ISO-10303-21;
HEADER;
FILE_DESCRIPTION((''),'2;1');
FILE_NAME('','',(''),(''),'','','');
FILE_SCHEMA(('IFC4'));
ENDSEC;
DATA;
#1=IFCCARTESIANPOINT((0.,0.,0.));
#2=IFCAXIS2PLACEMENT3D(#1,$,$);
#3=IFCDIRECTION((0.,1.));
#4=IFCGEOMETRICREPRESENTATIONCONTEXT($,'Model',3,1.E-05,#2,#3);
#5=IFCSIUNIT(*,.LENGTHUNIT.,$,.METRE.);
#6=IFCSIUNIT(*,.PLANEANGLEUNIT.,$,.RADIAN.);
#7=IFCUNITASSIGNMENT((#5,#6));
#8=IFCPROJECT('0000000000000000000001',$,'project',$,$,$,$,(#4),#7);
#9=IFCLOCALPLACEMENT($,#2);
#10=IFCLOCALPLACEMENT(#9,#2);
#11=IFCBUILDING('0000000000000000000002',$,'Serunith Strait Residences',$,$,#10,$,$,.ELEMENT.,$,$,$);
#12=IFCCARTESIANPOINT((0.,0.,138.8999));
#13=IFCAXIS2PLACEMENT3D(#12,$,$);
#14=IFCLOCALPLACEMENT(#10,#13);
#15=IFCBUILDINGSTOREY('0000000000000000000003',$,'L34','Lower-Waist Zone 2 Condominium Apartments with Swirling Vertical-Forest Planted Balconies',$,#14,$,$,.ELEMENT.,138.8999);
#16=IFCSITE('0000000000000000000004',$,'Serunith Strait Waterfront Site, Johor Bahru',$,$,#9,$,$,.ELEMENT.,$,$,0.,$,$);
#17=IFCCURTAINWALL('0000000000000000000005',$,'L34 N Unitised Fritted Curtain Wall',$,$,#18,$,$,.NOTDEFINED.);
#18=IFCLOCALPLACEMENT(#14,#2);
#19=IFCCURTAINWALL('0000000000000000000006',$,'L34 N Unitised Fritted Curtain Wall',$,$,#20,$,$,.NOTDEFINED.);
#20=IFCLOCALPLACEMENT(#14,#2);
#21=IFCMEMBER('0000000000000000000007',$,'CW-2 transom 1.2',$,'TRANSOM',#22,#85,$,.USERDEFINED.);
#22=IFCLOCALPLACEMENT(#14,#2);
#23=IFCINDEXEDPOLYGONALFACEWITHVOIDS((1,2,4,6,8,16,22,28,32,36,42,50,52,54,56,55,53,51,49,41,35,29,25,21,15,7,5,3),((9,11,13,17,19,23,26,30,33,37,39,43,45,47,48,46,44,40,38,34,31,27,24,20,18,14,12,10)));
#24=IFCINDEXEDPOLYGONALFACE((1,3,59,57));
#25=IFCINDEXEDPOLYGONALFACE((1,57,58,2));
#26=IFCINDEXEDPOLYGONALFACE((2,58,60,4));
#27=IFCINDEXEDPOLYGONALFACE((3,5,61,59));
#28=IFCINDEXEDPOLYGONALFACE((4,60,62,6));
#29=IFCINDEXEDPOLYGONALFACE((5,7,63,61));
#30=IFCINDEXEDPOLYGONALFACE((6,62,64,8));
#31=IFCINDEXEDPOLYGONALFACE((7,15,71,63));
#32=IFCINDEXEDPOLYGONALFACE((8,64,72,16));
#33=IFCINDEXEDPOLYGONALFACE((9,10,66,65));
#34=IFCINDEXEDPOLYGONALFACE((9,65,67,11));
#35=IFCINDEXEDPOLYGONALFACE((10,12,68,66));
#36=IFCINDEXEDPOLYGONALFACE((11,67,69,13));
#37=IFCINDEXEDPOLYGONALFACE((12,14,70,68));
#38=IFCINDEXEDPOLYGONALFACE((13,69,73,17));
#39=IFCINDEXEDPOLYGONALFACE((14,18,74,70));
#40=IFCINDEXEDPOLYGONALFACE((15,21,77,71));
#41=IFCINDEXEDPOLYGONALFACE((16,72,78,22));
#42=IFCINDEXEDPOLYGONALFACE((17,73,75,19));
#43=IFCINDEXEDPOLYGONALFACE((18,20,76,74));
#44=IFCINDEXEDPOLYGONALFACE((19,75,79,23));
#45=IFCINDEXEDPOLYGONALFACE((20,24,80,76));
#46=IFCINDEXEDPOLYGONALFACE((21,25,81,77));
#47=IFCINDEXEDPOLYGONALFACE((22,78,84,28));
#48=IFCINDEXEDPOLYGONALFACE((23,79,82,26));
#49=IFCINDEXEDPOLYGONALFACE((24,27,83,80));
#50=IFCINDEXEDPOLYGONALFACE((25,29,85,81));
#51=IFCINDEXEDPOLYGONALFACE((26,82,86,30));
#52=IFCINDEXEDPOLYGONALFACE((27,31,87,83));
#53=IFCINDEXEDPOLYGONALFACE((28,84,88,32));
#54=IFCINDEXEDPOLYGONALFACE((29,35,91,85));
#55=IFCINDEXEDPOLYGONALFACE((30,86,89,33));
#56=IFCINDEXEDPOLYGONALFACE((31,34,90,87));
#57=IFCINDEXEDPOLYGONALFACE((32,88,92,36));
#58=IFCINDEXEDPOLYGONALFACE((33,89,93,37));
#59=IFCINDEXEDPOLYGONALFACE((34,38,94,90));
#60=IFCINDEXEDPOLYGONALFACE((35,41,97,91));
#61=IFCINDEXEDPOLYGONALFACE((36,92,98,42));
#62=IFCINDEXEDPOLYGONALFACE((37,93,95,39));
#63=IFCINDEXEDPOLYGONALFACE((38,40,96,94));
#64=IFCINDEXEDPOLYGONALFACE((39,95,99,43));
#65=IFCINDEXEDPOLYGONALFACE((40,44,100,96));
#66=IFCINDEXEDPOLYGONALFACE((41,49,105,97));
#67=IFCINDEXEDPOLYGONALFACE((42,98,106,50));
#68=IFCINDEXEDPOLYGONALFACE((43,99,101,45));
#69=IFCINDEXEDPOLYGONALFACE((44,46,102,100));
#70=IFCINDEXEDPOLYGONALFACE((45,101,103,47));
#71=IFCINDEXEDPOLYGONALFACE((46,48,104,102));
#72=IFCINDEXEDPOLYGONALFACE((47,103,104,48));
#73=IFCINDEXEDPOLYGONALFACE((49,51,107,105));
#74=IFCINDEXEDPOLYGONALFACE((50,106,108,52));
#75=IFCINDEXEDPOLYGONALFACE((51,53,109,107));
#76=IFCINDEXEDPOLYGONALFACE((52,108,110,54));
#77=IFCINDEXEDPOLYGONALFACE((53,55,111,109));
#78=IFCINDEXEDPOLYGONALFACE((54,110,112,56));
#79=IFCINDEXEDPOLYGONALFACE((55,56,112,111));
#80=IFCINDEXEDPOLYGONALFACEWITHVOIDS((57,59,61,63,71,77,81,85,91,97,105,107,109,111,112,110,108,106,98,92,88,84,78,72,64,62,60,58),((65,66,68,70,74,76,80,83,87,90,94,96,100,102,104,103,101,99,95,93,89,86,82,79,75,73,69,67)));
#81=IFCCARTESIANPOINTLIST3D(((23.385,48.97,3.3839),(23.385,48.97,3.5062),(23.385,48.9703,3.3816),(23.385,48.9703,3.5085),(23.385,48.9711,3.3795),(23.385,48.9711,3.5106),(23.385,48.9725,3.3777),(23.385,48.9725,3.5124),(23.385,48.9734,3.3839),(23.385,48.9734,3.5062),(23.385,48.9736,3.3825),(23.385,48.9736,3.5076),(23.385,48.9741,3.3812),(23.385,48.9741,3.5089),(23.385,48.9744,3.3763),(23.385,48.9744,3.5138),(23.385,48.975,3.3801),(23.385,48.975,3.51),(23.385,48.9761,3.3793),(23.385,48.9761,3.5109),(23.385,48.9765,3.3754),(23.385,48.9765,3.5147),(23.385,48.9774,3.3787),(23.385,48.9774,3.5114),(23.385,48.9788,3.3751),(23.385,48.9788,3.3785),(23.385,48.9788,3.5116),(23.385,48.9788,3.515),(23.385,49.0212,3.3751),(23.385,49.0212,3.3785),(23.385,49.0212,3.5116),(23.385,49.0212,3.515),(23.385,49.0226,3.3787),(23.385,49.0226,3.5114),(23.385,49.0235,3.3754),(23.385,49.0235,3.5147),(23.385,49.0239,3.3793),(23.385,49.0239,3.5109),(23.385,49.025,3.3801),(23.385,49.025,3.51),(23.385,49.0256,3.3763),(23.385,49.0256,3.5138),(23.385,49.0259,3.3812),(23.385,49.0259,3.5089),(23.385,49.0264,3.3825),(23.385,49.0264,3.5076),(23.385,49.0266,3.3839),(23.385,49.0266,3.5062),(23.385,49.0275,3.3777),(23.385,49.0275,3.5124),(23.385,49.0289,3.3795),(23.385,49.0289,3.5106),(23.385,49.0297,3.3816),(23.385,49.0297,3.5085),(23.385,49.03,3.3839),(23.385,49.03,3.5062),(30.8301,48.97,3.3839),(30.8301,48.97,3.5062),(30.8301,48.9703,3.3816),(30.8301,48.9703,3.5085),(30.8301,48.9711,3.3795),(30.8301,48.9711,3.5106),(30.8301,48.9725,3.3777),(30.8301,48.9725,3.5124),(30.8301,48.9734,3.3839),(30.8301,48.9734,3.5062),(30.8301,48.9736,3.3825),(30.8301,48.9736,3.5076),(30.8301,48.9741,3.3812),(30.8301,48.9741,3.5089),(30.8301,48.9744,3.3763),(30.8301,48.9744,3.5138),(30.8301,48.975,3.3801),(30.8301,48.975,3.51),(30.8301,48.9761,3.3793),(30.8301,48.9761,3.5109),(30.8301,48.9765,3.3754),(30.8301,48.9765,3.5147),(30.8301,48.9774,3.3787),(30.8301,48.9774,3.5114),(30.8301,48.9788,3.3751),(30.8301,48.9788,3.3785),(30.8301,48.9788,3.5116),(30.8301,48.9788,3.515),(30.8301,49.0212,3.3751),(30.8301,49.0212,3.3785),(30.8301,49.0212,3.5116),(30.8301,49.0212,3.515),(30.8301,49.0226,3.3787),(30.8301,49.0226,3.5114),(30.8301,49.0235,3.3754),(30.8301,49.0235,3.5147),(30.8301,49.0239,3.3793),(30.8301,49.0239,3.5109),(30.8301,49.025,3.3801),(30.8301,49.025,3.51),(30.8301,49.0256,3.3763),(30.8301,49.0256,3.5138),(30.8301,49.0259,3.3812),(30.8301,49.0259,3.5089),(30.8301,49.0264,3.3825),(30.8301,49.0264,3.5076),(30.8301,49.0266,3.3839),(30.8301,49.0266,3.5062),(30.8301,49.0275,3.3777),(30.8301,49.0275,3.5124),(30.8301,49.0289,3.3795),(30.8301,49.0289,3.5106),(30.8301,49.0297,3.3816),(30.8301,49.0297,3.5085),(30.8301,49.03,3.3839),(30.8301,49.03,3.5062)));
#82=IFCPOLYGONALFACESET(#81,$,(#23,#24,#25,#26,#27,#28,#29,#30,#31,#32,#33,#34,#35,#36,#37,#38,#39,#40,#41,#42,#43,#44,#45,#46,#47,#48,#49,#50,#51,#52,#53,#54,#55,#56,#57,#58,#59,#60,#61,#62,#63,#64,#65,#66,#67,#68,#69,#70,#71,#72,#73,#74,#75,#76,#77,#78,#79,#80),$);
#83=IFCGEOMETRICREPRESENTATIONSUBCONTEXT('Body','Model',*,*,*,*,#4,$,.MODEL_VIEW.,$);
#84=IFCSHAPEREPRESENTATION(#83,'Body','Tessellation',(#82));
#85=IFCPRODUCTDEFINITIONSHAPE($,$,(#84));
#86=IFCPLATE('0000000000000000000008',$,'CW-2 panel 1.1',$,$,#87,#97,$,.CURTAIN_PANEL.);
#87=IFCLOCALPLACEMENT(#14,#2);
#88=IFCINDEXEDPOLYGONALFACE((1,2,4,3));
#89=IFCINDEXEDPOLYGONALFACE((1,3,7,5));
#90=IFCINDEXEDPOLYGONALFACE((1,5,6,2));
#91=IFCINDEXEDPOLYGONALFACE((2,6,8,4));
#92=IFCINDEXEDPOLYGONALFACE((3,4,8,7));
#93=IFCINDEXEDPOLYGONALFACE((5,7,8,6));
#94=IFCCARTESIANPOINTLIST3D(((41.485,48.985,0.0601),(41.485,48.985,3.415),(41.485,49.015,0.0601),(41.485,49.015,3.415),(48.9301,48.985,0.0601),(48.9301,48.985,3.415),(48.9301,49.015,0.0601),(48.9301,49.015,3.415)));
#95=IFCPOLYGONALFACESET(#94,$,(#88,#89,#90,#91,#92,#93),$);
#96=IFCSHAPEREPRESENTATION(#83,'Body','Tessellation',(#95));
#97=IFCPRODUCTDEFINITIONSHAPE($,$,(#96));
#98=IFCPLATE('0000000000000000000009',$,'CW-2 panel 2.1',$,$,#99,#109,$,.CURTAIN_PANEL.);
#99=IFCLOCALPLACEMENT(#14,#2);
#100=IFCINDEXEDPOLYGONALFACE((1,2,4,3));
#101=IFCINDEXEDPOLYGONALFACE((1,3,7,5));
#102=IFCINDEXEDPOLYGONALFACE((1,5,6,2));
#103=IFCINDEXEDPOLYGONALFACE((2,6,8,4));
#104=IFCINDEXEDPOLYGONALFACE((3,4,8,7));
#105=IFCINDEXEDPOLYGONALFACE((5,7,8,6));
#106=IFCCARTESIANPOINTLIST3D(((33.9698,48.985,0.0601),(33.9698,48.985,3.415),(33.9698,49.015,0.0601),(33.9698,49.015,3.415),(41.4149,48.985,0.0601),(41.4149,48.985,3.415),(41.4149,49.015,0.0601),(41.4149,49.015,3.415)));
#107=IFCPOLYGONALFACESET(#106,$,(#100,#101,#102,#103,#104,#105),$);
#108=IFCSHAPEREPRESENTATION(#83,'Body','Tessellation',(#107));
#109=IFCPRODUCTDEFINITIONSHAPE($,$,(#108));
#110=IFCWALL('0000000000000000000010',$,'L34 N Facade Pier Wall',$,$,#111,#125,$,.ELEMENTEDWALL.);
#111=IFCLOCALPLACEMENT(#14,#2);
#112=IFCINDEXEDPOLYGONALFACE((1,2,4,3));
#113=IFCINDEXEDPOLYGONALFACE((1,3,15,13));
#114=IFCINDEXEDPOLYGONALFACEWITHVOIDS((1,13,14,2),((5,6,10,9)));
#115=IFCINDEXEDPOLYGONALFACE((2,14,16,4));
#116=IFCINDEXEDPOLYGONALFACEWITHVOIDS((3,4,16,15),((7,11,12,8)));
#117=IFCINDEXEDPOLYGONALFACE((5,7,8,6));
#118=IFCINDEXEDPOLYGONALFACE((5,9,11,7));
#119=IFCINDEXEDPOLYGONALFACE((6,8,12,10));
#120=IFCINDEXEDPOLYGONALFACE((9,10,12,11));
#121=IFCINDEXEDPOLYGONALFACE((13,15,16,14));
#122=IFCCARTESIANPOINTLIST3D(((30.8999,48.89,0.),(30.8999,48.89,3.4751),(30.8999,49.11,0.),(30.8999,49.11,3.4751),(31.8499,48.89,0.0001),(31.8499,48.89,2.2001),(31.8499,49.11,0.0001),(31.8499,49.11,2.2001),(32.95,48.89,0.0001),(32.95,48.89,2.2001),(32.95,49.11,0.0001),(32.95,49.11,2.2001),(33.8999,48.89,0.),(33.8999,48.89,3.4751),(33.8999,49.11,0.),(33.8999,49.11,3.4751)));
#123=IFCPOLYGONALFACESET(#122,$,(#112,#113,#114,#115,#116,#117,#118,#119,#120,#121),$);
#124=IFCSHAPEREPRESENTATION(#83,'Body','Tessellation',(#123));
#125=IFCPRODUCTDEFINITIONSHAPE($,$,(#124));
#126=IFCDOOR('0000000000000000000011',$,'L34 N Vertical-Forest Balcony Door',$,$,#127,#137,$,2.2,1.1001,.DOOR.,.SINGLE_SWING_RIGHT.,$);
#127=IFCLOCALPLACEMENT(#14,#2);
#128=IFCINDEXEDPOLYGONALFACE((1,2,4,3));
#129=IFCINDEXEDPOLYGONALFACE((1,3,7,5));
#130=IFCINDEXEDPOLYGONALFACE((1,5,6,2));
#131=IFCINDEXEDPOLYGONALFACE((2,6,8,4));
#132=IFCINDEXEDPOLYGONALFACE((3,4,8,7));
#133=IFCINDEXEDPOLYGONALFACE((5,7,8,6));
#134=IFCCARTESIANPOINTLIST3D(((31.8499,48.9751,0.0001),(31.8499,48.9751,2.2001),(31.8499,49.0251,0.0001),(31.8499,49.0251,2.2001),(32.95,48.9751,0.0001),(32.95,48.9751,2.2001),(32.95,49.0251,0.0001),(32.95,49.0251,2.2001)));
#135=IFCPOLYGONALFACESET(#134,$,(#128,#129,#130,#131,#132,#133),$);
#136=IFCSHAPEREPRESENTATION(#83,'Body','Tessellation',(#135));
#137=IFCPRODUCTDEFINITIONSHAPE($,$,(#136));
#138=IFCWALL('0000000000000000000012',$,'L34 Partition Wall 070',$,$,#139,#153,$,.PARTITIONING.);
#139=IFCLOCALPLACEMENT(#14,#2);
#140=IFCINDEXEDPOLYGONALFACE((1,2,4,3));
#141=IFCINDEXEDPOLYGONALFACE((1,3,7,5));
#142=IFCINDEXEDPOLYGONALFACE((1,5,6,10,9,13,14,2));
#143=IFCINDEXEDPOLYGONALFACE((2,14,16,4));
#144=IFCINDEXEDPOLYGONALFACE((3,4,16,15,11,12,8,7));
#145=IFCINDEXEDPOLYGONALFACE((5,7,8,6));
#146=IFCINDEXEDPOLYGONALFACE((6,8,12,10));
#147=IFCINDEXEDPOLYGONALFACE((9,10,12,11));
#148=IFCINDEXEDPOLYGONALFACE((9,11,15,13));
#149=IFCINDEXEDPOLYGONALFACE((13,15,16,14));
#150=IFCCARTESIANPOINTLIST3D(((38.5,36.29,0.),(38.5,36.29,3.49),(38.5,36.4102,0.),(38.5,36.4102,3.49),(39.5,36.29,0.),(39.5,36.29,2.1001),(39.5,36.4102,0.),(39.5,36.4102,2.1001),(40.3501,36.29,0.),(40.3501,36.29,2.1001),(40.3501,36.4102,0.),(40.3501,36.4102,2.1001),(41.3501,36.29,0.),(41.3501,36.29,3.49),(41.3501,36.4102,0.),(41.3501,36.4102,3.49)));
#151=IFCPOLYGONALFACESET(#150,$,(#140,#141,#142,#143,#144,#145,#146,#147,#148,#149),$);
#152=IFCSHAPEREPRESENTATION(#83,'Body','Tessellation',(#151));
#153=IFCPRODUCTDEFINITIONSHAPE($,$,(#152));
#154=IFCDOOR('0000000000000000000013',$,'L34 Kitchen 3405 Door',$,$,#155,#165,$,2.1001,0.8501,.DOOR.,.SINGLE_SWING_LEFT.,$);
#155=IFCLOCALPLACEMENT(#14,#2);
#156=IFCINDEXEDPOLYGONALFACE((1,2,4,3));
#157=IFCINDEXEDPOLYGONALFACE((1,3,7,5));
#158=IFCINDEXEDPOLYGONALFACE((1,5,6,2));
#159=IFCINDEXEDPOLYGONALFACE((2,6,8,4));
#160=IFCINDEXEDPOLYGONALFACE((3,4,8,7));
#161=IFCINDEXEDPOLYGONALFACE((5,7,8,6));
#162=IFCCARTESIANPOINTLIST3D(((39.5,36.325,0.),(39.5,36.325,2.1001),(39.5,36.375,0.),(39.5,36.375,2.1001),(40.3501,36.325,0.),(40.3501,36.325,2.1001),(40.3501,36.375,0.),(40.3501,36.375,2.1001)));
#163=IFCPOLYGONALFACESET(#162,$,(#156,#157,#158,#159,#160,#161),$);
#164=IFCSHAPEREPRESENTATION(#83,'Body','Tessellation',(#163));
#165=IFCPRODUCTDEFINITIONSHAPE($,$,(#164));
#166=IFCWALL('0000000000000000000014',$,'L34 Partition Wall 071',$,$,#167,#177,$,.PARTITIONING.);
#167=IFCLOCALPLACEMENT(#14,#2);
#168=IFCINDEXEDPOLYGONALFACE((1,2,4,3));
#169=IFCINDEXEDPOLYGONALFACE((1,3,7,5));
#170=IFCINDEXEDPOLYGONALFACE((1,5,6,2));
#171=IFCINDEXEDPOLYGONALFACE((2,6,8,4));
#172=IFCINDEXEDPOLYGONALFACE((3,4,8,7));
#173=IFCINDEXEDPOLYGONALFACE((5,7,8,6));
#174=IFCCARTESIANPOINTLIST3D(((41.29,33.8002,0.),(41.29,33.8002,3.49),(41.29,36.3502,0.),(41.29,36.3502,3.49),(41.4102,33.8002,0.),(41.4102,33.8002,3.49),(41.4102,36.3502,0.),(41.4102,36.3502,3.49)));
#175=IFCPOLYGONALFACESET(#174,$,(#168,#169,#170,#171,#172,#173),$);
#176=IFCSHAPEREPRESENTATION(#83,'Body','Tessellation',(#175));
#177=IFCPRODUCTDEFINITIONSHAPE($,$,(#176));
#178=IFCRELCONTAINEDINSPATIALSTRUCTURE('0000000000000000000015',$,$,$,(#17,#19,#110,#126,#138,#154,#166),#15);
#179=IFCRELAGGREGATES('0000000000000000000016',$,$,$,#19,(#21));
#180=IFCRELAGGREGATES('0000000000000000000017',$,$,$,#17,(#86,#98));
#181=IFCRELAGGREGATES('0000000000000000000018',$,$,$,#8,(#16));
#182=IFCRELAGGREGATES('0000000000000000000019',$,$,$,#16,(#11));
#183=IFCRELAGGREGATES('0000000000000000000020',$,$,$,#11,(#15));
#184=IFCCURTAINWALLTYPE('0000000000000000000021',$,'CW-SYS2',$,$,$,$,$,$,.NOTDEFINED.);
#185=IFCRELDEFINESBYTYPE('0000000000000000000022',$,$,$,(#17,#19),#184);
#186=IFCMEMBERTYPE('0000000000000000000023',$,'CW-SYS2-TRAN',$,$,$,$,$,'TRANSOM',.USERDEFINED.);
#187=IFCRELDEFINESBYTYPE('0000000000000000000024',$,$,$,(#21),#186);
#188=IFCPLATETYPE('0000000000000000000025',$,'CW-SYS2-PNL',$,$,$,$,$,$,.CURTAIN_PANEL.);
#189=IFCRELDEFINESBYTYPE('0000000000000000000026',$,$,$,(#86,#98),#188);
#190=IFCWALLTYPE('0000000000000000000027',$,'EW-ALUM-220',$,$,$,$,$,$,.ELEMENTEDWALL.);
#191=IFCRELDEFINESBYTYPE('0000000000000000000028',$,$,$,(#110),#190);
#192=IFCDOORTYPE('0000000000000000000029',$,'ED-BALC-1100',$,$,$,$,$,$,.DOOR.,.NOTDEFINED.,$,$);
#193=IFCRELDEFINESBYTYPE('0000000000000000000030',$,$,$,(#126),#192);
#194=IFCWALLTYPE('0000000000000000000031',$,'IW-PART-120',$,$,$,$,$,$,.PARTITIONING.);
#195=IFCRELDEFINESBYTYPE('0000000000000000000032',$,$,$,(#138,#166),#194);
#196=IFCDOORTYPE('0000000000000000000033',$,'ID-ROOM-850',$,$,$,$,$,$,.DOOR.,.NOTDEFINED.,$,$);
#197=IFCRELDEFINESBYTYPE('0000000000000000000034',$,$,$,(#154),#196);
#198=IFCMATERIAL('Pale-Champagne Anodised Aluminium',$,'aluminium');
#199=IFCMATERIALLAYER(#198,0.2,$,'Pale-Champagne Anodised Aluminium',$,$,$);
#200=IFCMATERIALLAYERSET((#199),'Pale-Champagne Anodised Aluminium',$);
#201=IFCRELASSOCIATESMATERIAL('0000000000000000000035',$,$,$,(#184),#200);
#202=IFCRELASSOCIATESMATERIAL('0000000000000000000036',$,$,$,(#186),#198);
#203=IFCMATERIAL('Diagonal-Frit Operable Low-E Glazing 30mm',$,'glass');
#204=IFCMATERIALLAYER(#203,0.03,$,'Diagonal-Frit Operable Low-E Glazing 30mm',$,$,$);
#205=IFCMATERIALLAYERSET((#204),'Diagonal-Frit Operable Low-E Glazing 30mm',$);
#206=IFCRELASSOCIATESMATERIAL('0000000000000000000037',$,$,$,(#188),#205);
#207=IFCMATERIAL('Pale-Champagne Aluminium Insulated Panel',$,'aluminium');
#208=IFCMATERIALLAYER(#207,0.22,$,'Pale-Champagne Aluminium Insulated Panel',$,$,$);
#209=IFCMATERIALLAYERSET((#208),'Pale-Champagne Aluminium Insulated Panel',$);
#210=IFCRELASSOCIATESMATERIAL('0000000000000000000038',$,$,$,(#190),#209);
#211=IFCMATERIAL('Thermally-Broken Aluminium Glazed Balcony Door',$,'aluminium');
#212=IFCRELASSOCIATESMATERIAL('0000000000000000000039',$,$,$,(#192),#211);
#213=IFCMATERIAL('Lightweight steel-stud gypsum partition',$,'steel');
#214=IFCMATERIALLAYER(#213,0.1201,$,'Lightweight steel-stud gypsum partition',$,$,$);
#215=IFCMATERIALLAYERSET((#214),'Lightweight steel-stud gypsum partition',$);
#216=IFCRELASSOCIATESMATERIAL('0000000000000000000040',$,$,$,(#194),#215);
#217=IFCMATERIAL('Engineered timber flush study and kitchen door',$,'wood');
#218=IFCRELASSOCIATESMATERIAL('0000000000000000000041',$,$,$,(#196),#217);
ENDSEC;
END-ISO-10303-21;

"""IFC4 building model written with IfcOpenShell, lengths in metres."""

from ifc_helpers import new_model, si_unit, direction, frame, frame_2d, origin, origin_2d, place, context, subcontext, project, spatial, rectangle, hollow_rectangle, extrude, source, transform, mapped, material, layer, layer_set, material_profile, profile_set, type_object, element, fill, aggregate, save


model = new_model("IFC4")

# Units and contexts
model_context = context("Model", 3, precision=1e-05, world=origin(), true_north=direction((0.0, 1.0)))
body_context = subcontext(model_context, "Body", "Model", "MODEL_VIEW")
ifc_project = project(units=[si_unit("LENGTHUNIT", "METRE"), si_unit("PLANEANGLEUNIT", "RADIAN")], contexts=[model_context])

# Site, building, storey
site_placement = place(None, origin())
site = spatial("IfcSite", under=ifc_project, at=site_placement, Name="Serunith Strait Waterfront Site, Johor Bahru", CompositionType="ELEMENT", RefElevation=0.0)
building_placement = place(site_placement, origin())
building = spatial("IfcBuilding", under=site, at=building_placement, Name="Serunith Strait Residences", CompositionType="ELEMENT")
storey_placement = place(building_placement, frame((0.0, 0.0, 138.8999)))
storey = spatial("IfcBuildingStorey", under=building, at=storey_placement, Name="L34", Description="Lower-Waist Zone 2 Condominium Apartments with Swirling Vertical-Forest Planted Balconies", CompositionType="ELEMENT", Elevation=138.8999)

# Curtain wall
ifc_material_1 = material(Name="Pale-Champagne Anodised Aluminium", Category="aluminium")
ifc_layer_1 = layer(ifc_material_1, 0.2, Name="Pale-Champagne Anodised Aluminium")
ifc_layer_set_1 = layer_set([ifc_layer_1], Name="Pale-Champagne Anodised Aluminium")
curtain_wall_type = type_object("IfcCurtainWallType", Name="CW-SYS2", PredefinedType="NOTDEFINED", material=ifc_layer_set_1)
curtain_wall_1_placement = place(storey_placement, origin())
curtain_wall_1 = element("IfcCurtainWall", 1, at=curtain_wall_1_placement, inside=storey, type_object=curtain_wall_type, Name="L34 N Unitised Fritted Curtain Wall", PredefinedType="NOTDEFINED")

# Curtain wall
curtain_wall_2_placement = place(storey_placement, origin())
curtain_wall_2 = element("IfcCurtainWall", 2, at=curtain_wall_2_placement, inside=storey, type_object=curtain_wall_type, Name="L34 N Unitised Fritted Curtain Wall", PredefinedType="NOTDEFINED")

# Member
ifc_material_profile_1 = material_profile(ifc_material_1, hollow_rectangle(XDim=0.0601, YDim=0.1399, WallThickness=0.0034, InnerFilletRadius=0.0054, OuterFilletRadius=0.0088, at=origin_2d()), Name="ALU 140x60x3.5")
ifc_profile_set_1 = profile_set([ifc_material_profile_1], Name="Pale-Champagne Anodised Aluminium")
member_type_1 = type_object("IfcMemberType", Name="CW-SYS2-TRAN", ElementType="TRANSOM", PredefinedType="USERDEFINED", material=ifc_profile_set_1)
shared_shape_1 = source(origin(), body_context, "Body", "SweptSolid", [
    extrude(hollow_rectangle(XDim=0.0601, YDim=0.1399, WallThickness=0.0034, InnerFilletRadius=0.0054, OuterFilletRadius=0.0088, at=origin_2d()), origin(), (0.0, 0.0, 1.0), 7.4451),
])
member_1_placement = place(storey_placement, frame((30.8301, 49.0, 3.4451), z_axis=(-1.0, 0.0, 0.0), x_axis=(0.0, -1.0, 0.0)))
member_1 = element("IfcMember", 3, at=member_1_placement, type_object=member_type_1, Name="CW-2 transom 1.2", ObjectType="TRANSOM", PredefinedType="USERDEFINED", context=body_context, shape_type="MappedRepresentation", body=[
    mapped(shared_shape_1, transform((0.0, 0.0, 0.0), scale=1.0)),
])
aggregate(curtain_wall_2, [member_1])

# Plates
ifc_material_2 = material(Name="Diagonal-Frit Operable Low-E Glazing 30mm", Category="glass")
ifc_layer_2 = layer(ifc_material_2, 0.03, Name="Diagonal-Frit Operable Low-E Glazing 30mm")
ifc_layer_set_2 = layer_set([ifc_layer_2], Name="Diagonal-Frit Operable Low-E Glazing 30mm")
plate_type = type_object("IfcPlateType", Name="CW-SYS2-PNL", PredefinedType="CURTAIN_PANEL", material=ifc_layer_set_2)
shared_shape_2 = source(origin(), body_context, "Body", "SweptSolid", [
    extrude(rectangle(XDim=7.4451, YDim=0.03, at=origin_2d()), origin(), (0.0, 0.0, 1.0), 3.355),
])
plate_1_placement = place(storey_placement, frame((45.2075, 49.0, 0.0601), z_axis=(0.0, 0.0, 1.0), x_axis=(-1.0, 0.0, 0.0)))
plate_1 = element("IfcPlate", 4, at=plate_1_placement, type_object=plate_type, Name="CW-2 panel 1.1", PredefinedType="CURTAIN_PANEL", context=body_context, shape_type="MappedRepresentation", body=[
    mapped(shared_shape_2, transform((0.0, 0.0, 0.0), scale=1.0)),
])
plate_2_placement = place(storey_placement, frame((37.6924, 49.0, 0.0601), z_axis=(0.0, 0.0, 1.0), x_axis=(-1.0, 0.0, 0.0)))
plate_2 = element("IfcPlate", 5, at=plate_2_placement, type_object=plate_type, Name="CW-2 panel 2.1", PredefinedType="CURTAIN_PANEL", context=body_context, shape_type="MappedRepresentation", body=[
    mapped(shared_shape_2, transform((0.0, 0.0, 0.0), scale=1.0)),
])
aggregate(curtain_wall_1, [plate_1, plate_2])

# Walls, openings, doors
ifc_material_3 = material(Name="Pale-Champagne Aluminium Insulated Panel", Category="aluminium")
ifc_layer_3 = layer(ifc_material_3, 0.22, Name="Pale-Champagne Aluminium Insulated Panel")
ifc_layer_set_3 = layer_set([ifc_layer_3], Name="Pale-Champagne Aluminium Insulated Panel")
wall_type_1 = type_object("IfcWallType", Name="EW-ALUM-220", PredefinedType="ELEMENTEDWALL", material=ifc_layer_set_3)
wall_1_placement = place(storey_placement, frame((33.8999, 49.0, 0.0), z_axis=(0.0, 0.0, 1.0), x_axis=(-1.0, 0.0, 0.0)))
wall_1 = element("IfcWall", 6, at=wall_1_placement, inside=storey, type_object=wall_type_1, Name="L34 N Facade Pier Wall", PredefinedType="ELEMENTEDWALL", context=body_context, shape_type="SweptSolid", body=[
    extrude(rectangle(XDim=3.0, YDim=0.22, at=frame_2d((1.5, 0.0))), origin(), (0.0, 0.0, 1.0), 3.4751),
])
opening_1_placement = place(wall_1_placement, frame((0.95, 0.0, 0.0)))
opening_1 = element("IfcOpeningElement", 7, at=opening_1_placement, cuts=wall_1, PredefinedType="OPENING", context=body_context, shape_type="SweptSolid", body=[
    extrude(rectangle(XDim=1.1001, YDim=2.2, at=frame_2d((0.55, 1.1001))), frame((0.0, 0.1201, 0.0), z_axis=(0.0, -1.0, 0.0), x_axis=(1.0, 0.0, 0.0)), (0.0, 0.0, 1.0), 0.24),
])
ifc_material_4 = material(Name="Thermally-Broken Aluminium Glazed Balcony Door", Category="aluminium")
door_type_1 = type_object("IfcDoorType", Name="ED-BALC-1100", OperationType="NOTDEFINED", PredefinedType="DOOR", material=ifc_material_4)
shared_shape_3 = source(origin(), body_context, "Body", "SweptSolid", [
    extrude(rectangle(XDim=1.1001, YDim=2.2, at=frame_2d((0.55, 1.1001))), frame((0.0, 0.0249, 0.0), z_axis=(0.0, -1.0, 0.0), x_axis=(1.0, 0.0, 0.0)), (0.0, 0.0, 1.0), 0.05),
])
door_1_placement = place(opening_1_placement, origin())
door_1 = element("IfcDoor", 8, at=door_1_placement, inside=storey, type_object=door_type_1, Name="L34 N Vertical-Forest Balcony Door", OperationType="SINGLE_SWING_RIGHT", OverallHeight=2.2, OverallWidth=1.1001, PredefinedType="DOOR", context=body_context, shape_type="MappedRepresentation", body=[
    mapped(shared_shape_3, transform((0.0, 0.0, 0.0), scale=1.0)),
])
fill(opening_1, door_1)
ifc_material_5 = material(Name="Lightweight steel-stud gypsum partition", Category="steel")
ifc_layer_4 = layer(ifc_material_5, 0.1201, Name="Lightweight steel-stud gypsum partition")
ifc_layer_set_4 = layer_set([ifc_layer_4], Name="Lightweight steel-stud gypsum partition")
wall_type_2 = type_object("IfcWallType", Name="IW-PART-120", PredefinedType="PARTITIONING", material=ifc_layer_set_4)
wall_2_placement = place(storey_placement, frame((38.5, 36.3501, 0.0), z_axis=(0.0, 0.0, 1.0), x_axis=(1.0, 0.0, 0.0)))
wall_2 = element("IfcWall", 9, at=wall_2_placement, inside=storey, type_object=wall_type_2, Name="L34 Partition Wall 070", PredefinedType="PARTITIONING", context=body_context, shape_type="SweptSolid", body=[
    extrude(rectangle(XDim=2.8501, YDim=0.1201, at=frame_2d((1.425, 0.0))), origin(), (0.0, 0.0, 1.0), 3.49),
])
opening_2_placement = place(wall_2_placement, frame((1.0, 0.0, 0.0)))
opening_2 = element("IfcOpeningElement", 10, at=opening_2_placement, cuts=wall_2, PredefinedType="OPENING", context=body_context, shape_type="SweptSolid", body=[
    extrude(rectangle(XDim=0.8501, YDim=2.1001, at=frame_2d((0.425, 1.05))), frame((0.0, 0.0701, 0.0), z_axis=(0.0, -1.0, 0.0), x_axis=(1.0, 0.0, 0.0)), (0.0, 0.0, 1.0), 0.1401),
])
ifc_material_6 = material(Name="Engineered timber flush study and kitchen door", Category="wood")
door_type_2 = type_object("IfcDoorType", Name="ID-ROOM-850", OperationType="NOTDEFINED", PredefinedType="DOOR", material=ifc_material_6)
shared_shape_4 = source(origin(), body_context, "Body", "SweptSolid", [
    extrude(rectangle(XDim=0.8501, YDim=2.1001, at=frame_2d((0.425, 1.05))), frame((0.0, 0.0249, 0.0), z_axis=(0.0, -1.0, 0.0), x_axis=(1.0, 0.0, 0.0)), (0.0, 0.0, 1.0), 0.05),
])
door_2_placement = place(opening_2_placement, origin())
door_2 = element("IfcDoor", 11, at=door_2_placement, inside=storey, type_object=door_type_2, Name="L34 Kitchen 3405 Door", OperationType="SINGLE_SWING_LEFT", OverallHeight=2.1001, OverallWidth=0.8501, PredefinedType="DOOR", context=body_context, shape_type="MappedRepresentation", body=[
    mapped(shared_shape_4, transform((0.0, 0.0, 0.0), scale=1.0)),
])
fill(opening_2, door_2)

# Wall
wall_3_placement = place(storey_placement, frame((41.3501, 36.3501, 0.0), z_axis=(0.0, 0.0, 1.0), x_axis=(0.0, -1.0, 0.0)))
element("IfcWall", 12, at=wall_3_placement, inside=storey, type_object=wall_type_2, Name="L34 Partition Wall 071", PredefinedType="PARTITIONING", context=body_context, shape_type="SweptSolid", body=[
    extrude(rectangle(XDim=2.55, YDim=0.1201, at=frame_2d((1.2749, 0.0))), origin(), (0.0, 0.0, 1.0), 3.49),
])

save(model, "model.ifc")
